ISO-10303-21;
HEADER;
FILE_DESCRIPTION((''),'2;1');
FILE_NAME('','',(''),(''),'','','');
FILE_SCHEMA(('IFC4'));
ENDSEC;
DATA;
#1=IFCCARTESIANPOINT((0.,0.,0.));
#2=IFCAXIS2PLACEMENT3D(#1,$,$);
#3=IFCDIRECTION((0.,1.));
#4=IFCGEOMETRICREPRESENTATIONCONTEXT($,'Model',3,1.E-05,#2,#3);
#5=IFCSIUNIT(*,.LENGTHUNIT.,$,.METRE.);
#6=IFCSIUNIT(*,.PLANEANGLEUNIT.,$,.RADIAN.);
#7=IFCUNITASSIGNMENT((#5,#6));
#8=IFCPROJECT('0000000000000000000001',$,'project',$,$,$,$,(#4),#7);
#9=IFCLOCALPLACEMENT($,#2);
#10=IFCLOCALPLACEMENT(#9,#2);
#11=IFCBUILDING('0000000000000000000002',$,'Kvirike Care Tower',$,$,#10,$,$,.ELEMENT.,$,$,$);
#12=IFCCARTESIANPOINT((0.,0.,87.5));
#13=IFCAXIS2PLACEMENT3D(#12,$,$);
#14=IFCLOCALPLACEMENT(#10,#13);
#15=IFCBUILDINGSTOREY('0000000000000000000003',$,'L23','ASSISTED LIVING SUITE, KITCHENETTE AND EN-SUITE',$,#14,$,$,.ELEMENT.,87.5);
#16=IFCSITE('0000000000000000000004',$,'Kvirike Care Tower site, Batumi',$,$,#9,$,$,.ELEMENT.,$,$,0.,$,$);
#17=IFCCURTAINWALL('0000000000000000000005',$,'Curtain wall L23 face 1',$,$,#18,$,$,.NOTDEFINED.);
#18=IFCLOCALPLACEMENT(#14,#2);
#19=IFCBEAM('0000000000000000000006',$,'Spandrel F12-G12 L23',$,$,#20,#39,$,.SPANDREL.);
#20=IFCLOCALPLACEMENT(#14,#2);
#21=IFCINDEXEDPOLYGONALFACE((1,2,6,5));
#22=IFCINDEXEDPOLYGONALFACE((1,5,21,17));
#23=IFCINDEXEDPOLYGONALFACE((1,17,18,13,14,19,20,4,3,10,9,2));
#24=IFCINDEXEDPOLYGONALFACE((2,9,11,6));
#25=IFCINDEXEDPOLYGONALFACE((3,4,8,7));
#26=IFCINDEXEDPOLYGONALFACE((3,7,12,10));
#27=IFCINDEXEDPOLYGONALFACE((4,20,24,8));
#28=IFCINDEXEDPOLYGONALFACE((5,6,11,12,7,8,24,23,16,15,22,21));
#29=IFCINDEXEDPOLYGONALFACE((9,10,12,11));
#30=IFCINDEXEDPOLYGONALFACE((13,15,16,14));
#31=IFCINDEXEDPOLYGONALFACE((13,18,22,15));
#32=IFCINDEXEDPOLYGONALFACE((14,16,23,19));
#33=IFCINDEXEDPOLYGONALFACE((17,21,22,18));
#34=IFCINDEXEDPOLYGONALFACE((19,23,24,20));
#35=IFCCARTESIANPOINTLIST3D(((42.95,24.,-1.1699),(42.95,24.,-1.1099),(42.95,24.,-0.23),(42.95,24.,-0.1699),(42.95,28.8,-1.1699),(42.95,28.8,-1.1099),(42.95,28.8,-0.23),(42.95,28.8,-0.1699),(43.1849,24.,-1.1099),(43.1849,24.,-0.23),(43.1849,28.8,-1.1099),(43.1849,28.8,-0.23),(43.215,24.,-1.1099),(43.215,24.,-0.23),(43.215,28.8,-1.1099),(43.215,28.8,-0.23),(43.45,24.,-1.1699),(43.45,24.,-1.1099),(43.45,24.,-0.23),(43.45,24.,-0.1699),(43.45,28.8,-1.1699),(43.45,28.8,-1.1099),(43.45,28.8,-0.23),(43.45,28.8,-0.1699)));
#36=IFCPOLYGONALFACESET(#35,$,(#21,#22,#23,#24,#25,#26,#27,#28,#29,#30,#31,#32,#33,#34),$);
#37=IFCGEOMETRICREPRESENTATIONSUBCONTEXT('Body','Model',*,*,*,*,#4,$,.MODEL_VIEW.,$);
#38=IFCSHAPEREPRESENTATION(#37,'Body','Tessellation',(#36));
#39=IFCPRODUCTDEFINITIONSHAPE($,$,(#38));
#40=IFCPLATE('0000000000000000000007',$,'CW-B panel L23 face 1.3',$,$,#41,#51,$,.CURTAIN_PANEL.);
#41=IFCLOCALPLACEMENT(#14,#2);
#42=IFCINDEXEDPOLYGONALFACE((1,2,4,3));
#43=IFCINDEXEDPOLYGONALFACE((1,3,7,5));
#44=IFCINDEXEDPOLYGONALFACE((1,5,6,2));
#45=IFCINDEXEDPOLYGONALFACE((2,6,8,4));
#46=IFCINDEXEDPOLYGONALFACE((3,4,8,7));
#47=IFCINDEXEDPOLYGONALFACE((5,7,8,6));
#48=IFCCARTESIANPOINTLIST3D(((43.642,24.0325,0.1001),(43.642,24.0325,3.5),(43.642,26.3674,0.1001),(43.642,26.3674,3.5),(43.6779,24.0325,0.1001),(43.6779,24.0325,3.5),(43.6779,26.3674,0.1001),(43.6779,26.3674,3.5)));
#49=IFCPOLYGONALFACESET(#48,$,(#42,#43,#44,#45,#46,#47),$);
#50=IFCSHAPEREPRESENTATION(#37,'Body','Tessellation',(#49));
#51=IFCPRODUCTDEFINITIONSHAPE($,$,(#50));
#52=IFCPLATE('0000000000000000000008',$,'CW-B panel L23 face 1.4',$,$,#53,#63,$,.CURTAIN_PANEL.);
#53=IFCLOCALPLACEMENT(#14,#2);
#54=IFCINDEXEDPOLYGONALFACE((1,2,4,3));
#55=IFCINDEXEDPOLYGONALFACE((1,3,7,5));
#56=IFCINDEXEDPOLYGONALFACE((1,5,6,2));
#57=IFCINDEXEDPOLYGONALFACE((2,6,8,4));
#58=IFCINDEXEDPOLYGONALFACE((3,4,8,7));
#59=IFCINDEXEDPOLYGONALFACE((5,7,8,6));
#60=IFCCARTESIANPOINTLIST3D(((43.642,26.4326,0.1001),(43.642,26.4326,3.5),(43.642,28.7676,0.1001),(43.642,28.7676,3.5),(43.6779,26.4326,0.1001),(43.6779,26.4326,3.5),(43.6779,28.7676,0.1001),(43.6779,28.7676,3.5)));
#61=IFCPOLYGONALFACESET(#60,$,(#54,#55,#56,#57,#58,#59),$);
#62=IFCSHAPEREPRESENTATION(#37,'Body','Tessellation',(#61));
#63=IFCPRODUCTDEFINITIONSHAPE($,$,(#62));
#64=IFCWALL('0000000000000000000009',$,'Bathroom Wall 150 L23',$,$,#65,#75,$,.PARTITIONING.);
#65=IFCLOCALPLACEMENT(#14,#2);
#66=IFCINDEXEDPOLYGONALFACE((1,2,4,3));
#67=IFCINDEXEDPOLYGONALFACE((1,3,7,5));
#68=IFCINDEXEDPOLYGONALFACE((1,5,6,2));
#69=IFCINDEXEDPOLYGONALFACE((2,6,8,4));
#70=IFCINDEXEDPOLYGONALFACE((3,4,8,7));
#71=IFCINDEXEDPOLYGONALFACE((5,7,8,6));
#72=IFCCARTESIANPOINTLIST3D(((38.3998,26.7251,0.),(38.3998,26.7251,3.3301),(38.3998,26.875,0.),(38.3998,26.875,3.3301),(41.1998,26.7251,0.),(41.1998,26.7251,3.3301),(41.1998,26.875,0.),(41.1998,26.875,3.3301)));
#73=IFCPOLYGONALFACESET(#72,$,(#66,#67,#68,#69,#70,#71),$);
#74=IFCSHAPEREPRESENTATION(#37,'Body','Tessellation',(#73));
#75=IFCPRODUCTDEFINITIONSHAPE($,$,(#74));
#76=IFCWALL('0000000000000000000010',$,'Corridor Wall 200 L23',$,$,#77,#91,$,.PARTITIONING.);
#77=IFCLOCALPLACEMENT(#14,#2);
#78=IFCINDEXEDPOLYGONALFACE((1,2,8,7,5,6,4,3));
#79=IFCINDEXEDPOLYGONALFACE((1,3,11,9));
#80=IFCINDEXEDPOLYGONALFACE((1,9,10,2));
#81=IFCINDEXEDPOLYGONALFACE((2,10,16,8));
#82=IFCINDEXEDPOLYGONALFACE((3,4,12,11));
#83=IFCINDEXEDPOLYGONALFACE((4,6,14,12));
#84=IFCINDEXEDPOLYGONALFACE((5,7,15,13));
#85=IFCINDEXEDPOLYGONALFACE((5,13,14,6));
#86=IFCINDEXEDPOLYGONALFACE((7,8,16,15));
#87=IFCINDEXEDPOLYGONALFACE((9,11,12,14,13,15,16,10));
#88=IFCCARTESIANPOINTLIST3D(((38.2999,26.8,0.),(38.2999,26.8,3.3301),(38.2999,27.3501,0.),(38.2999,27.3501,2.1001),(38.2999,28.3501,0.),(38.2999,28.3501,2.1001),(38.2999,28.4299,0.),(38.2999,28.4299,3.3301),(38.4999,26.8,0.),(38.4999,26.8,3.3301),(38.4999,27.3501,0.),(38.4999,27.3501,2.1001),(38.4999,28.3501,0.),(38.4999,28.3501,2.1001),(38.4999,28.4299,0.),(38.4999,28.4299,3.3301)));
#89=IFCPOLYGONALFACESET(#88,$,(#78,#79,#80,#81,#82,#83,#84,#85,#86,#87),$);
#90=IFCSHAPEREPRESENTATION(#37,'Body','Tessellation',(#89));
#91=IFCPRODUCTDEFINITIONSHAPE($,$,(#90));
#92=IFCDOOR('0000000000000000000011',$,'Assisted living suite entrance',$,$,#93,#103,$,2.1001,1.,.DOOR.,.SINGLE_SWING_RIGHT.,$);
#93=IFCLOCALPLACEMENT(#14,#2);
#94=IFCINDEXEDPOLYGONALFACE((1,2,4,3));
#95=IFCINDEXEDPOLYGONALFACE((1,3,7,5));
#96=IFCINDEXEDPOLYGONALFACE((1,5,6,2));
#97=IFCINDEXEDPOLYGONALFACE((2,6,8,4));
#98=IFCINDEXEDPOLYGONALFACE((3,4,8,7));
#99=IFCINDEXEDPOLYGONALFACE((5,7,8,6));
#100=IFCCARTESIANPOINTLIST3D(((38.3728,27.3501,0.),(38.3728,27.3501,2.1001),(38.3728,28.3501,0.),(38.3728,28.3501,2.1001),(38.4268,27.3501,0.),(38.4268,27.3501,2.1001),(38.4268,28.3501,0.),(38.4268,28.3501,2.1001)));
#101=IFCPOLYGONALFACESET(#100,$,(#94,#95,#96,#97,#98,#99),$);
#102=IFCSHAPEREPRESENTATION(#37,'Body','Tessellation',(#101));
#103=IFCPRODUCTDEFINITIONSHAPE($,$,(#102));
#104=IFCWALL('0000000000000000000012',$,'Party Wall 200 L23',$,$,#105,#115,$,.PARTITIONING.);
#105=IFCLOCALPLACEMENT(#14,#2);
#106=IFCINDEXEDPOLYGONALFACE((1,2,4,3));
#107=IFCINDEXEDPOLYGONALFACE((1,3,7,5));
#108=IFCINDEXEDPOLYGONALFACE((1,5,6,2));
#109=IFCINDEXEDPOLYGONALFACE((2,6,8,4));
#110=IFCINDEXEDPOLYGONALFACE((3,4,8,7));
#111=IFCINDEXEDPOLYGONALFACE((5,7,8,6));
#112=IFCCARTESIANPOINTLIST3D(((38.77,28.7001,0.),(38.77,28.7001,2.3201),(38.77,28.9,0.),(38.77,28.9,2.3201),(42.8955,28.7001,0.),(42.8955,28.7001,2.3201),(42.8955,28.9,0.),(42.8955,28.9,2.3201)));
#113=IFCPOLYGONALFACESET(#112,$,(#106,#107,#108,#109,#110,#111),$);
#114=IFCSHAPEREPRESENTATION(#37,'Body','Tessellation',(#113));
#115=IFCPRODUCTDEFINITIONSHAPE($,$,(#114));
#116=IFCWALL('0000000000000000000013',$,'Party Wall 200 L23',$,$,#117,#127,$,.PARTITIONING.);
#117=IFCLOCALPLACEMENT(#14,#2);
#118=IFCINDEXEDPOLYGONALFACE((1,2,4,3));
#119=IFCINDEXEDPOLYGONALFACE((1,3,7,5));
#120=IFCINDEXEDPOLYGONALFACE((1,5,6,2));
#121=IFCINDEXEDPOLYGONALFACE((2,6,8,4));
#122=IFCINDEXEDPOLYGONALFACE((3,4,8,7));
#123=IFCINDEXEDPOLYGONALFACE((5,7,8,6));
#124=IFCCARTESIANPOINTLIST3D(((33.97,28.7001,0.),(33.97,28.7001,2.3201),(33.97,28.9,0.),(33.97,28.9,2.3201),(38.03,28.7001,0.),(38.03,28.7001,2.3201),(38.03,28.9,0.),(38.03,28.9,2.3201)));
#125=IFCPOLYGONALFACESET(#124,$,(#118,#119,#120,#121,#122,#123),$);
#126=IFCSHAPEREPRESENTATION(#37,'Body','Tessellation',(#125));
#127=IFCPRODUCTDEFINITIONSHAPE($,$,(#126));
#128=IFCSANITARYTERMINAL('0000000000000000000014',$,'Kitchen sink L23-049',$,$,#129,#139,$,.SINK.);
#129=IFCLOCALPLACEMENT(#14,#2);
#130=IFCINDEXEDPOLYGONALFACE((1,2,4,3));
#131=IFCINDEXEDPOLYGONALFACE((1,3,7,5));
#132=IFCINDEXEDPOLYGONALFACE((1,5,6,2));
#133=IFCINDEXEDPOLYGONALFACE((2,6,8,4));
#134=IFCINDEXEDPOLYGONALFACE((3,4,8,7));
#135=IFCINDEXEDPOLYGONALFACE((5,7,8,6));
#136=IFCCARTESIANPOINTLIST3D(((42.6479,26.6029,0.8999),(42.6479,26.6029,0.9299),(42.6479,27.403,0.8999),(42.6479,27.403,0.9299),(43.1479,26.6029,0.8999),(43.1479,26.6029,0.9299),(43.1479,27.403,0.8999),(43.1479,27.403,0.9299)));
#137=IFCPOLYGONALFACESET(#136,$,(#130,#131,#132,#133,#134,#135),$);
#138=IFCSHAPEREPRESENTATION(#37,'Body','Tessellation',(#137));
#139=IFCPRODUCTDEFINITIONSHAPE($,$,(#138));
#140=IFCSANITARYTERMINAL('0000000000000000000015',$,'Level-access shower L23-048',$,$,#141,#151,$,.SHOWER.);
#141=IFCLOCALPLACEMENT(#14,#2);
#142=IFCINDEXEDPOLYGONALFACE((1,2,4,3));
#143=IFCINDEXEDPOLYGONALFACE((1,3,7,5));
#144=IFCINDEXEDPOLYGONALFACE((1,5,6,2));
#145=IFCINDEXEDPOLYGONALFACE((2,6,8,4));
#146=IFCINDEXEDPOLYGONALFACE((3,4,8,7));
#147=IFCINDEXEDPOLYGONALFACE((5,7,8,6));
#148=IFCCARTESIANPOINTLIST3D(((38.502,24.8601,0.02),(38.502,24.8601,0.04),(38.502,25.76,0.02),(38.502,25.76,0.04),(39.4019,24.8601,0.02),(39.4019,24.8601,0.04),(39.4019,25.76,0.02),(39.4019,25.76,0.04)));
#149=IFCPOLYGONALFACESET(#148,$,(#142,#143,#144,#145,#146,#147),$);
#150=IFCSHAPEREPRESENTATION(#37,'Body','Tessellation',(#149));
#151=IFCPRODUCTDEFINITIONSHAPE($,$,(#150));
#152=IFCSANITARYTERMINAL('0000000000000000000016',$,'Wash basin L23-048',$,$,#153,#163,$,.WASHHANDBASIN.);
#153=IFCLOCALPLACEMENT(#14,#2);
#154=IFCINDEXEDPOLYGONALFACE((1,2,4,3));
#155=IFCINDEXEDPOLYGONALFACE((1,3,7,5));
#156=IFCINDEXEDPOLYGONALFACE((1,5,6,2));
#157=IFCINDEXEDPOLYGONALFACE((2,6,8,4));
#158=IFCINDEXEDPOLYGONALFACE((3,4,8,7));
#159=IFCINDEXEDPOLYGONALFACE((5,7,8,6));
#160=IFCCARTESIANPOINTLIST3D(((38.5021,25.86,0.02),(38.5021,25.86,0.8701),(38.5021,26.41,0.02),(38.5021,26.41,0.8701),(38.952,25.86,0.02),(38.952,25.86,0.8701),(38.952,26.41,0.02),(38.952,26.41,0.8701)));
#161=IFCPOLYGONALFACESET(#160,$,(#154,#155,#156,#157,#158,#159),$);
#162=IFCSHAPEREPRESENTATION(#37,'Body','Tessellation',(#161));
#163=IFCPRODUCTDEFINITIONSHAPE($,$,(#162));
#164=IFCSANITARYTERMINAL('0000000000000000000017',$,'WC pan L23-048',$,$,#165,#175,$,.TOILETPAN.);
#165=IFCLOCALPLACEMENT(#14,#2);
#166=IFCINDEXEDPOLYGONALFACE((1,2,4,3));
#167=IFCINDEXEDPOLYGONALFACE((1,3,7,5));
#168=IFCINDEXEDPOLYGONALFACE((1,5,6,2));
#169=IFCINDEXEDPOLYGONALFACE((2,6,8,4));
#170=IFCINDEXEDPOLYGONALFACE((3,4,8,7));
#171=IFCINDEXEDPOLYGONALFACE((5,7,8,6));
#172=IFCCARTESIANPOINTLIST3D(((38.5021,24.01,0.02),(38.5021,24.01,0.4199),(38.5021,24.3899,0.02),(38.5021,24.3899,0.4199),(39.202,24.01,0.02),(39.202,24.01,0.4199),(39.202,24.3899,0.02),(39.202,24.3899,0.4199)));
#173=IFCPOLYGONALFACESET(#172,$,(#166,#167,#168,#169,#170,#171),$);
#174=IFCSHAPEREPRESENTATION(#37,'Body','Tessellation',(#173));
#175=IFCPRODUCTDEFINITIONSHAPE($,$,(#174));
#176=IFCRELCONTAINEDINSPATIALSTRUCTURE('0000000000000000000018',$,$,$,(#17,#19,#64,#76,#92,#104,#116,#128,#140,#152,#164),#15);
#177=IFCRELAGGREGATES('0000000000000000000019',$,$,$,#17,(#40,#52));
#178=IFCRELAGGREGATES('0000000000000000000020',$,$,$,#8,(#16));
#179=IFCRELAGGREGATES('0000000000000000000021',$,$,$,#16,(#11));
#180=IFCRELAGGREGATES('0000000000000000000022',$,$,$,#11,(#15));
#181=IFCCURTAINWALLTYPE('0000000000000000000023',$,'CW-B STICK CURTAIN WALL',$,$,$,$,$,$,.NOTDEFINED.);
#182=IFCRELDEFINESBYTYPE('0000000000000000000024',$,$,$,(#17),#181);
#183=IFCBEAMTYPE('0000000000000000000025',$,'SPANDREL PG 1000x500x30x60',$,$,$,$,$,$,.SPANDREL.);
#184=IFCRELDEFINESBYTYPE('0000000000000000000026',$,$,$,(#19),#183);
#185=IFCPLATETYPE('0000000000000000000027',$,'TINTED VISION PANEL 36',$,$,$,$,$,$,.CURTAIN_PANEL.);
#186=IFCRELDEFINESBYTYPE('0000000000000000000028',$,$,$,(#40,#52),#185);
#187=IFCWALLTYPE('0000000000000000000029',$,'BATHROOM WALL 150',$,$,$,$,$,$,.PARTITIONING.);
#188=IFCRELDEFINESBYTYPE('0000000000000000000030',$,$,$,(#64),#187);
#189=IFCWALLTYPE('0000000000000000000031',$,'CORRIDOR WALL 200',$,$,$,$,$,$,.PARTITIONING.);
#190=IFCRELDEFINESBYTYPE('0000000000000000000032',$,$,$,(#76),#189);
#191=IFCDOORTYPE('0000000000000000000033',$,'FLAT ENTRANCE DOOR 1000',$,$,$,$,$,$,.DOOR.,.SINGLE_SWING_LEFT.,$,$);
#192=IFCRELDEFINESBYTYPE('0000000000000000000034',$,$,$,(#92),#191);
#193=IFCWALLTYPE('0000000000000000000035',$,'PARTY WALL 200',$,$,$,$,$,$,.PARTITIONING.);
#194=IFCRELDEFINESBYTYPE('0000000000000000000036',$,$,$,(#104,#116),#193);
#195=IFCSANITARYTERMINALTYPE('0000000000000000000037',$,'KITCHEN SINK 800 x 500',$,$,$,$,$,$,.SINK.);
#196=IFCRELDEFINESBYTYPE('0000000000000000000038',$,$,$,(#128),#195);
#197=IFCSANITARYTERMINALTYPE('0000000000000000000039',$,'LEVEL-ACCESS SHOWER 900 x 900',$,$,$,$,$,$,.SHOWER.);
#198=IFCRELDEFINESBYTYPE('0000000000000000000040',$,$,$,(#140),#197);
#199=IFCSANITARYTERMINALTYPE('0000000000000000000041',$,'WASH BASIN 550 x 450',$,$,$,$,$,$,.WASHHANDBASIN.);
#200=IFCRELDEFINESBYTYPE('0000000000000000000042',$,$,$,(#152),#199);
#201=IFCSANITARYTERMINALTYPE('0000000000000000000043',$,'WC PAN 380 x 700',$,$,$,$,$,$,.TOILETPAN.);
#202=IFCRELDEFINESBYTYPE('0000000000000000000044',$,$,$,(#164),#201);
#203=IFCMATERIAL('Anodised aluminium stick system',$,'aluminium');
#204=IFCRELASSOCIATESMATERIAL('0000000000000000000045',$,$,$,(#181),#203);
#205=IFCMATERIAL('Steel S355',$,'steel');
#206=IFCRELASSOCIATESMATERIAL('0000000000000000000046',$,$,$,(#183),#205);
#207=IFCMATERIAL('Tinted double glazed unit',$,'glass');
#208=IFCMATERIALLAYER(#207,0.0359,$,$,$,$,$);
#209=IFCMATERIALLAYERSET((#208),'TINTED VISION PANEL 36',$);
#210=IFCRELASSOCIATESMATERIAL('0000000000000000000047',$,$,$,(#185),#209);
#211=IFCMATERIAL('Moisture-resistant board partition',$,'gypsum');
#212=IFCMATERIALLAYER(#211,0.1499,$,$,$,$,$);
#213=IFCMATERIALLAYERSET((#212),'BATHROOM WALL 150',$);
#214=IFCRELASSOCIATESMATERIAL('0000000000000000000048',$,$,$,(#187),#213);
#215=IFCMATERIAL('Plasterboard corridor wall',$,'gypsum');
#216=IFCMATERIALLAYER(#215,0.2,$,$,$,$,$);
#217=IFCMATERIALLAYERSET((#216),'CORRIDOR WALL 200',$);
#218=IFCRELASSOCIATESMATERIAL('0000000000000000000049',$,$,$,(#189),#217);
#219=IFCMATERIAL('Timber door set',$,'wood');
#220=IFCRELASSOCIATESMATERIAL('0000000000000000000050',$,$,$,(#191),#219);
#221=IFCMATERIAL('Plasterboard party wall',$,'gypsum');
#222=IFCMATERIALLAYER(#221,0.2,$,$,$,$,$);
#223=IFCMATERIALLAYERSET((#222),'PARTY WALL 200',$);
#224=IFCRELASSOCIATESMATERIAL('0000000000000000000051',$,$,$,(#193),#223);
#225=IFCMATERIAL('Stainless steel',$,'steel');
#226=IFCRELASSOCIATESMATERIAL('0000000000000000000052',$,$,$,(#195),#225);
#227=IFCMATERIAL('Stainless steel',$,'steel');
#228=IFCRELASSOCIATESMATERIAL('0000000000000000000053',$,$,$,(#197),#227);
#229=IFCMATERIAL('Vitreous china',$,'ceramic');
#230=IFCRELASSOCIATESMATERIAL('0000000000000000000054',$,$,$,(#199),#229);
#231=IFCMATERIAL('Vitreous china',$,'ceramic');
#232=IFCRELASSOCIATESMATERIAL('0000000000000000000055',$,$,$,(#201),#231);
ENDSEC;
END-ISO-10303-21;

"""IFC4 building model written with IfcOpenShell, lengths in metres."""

from ifc_helpers import new_model, si_unit, direction, frame, frame_2d, origin, origin_2d, place, context, subcontext, project, spatial, rectangle, i_section, extrude, material, layer, layer_set, material_profile, profile_set, type_object, element, fill, aggregate, save


model = new_model("IFC4")

# Units and contexts
model_context = context("Model", 3, precision=1e-05, world=origin(), true_north=direction((0.0, 1.0)))
body_context = subcontext(model_context, "Body", "Model", "MODEL_VIEW")
ifc_project = project(units=[si_unit("LENGTHUNIT", "METRE"), si_unit("PLANEANGLEUNIT", "RADIAN")], contexts=[model_context])

# Site, building, storey
site_placement = place(None, origin())
site = spatial("IfcSite", under=ifc_project, at=site_placement, Name="Kvirike Care Tower site, Batumi", CompositionType="ELEMENT", RefElevation=0.0)
building_placement = place(site_placement, origin())
building = spatial("IfcBuilding", under=site, at=building_placement, Name="Kvirike Care Tower", CompositionType="ELEMENT")
storey_placement = place(building_placement, frame((0.0, 0.0, 87.5)))
storey = spatial("IfcBuildingStorey", under=building, at=storey_placement, Name="L23", Description="ASSISTED LIVING SUITE, KITCHENETTE AND EN-SUITE", CompositionType="ELEMENT", Elevation=87.5)

# Curtain wall
ifc_material_1 = material(Name="Anodised aluminium stick system", Category="aluminium")
curtain_wall_type = type_object("IfcCurtainWallType", Name="CW-B STICK CURTAIN WALL", PredefinedType="NOTDEFINED", material=ifc_material_1)
curtain_wall_placement = place(storey_placement, origin())
curtain_wall = element("IfcCurtainWall", 1, at=curtain_wall_placement, inside=storey, type_object=curtain_wall_type, Name="Curtain wall L23 face 1", PredefinedType="NOTDEFINED")

# Beam
ifc_material_2 = material(Name="Steel S355", Category="steel")
ifc_material_profile_1 = material_profile(ifc_material_2, i_section(OverallWidth=0.5, OverallDepth=1.0, WebThickness=0.03, FlangeThickness=0.0601, at=origin_2d()), Name="PG 1000x500x30x60")
ifc_profile_set_1 = profile_set([ifc_material_profile_1], Name="Steel S355")
beam_type_1 = type_object("IfcBeamType", Name="SPANDREL PG 1000x500x30x60", PredefinedType="SPANDREL", material=ifc_profile_set_1)
beam_1_placement = place(storey_placement, frame((43.2, 24.0, -0.6699), z_axis=(0.0, 1.0, 0.0), x_axis=(-1.0, 0.0, 0.0)))
element("IfcBeam", 2, at=beam_1_placement, inside=storey, type_object=beam_type_1, Name="Spandrel F12-G12 L23", PredefinedType="SPANDREL", context=body_context, shape_type="SweptSolid", body=[
    extrude(i_section(OverallWidth=0.5, OverallDepth=1.0, WebThickness=0.03, FlangeThickness=0.0601, at=origin_2d()), origin(), (0.0, 0.0, 1.0), 4.8),
])

# Plates
ifc_material_3 = material(Name="Tinted double glazed unit", Category="glass")
ifc_layer_1 = layer(ifc_material_3, 0.0359)
ifc_layer_set_1 = layer_set([ifc_layer_1], Name="TINTED VISION PANEL 36")
plate_type = type_object("IfcPlateType", Name="TINTED VISION PANEL 36", PredefinedType="CURTAIN_PANEL", material=ifc_layer_set_1)
plate_1_placement = place(storey_placement, frame((43.6599, 25.2, 0.1001), z_axis=(0.0, 0.0, 1.0), x_axis=(0.0, 1.0, 0.0)))
plate_1 = element("IfcPlate", 3, at=plate_1_placement, type_object=plate_type, Name="CW-B panel L23 face 1.3", PredefinedType="CURTAIN_PANEL", context=body_context, shape_type="SweptSolid", body=[
    extrude(rectangle(XDim=2.335, YDim=0.0359, at=origin_2d()), origin(), (0.0, 0.0, 1.0), 3.3999),
])
plate_2_placement = place(storey_placement, frame((43.6599, 27.6001, 0.1001), z_axis=(0.0, 0.0, 1.0), x_axis=(0.0, 1.0, 0.0)))
plate_2 = element("IfcPlate", 4, at=plate_2_placement, type_object=plate_type, Name="CW-B panel L23 face 1.4", PredefinedType="CURTAIN_PANEL", context=body_context, shape_type="SweptSolid", body=[
    extrude(rectangle(XDim=2.335, YDim=0.0359, at=origin_2d()), origin(), (0.0, 0.0, 1.0), 3.3999),
])
aggregate(curtain_wall, [plate_1, plate_2])

# Wall
ifc_material_4 = material(Name="Moisture-resistant board partition", Category="gypsum")
ifc_layer_2 = layer(ifc_material_4, 0.1499)
ifc_layer_set_2 = layer_set([ifc_layer_2], Name="BATHROOM WALL 150")
wall_type_1 = type_object("IfcWallType", Name="BATHROOM WALL 150", PredefinedType="PARTITIONING", material=ifc_layer_set_2)
wall_1_placement = place(storey_placement, frame((38.3999, 26.8, 0.0), z_axis=(0.0, 0.0, 1.0), x_axis=(1.0, 0.0, 0.0)))
element("IfcWall", 5, at=wall_1_placement, inside=storey, type_object=wall_type_1, Name="Bathroom Wall 150 L23", PredefinedType="PARTITIONING", context=body_context, shape_type="SweptSolid", body=[
    extrude(rectangle(XDim=2.8, YDim=0.1499, at=frame_2d((1.3999, 0.0))), origin(), (0.0, 0.0, 1.0), 3.3301),
])

# Wall, opening, door
ifc_material_5 = material(Name="Plasterboard corridor wall", Category="gypsum")
ifc_layer_3 = layer(ifc_material_5, 0.2)
ifc_layer_set_3 = layer_set([ifc_layer_3], Name="CORRIDOR WALL 200")
wall_type_2 = type_object("IfcWallType", Name="CORRIDOR WALL 200", PredefinedType="PARTITIONING", material=ifc_layer_set_3)
wall_2_placement = place(storey_placement, frame((38.3999, 26.8, 0.0), z_axis=(0.0, 0.0, 1.0), x_axis=(0.0, 1.0, 0.0)))
wall_2 = element("IfcWall", 6, at=wall_2_placement, inside=storey, type_object=wall_type_2, Name="Corridor Wall 200 L23", PredefinedType="PARTITIONING", context=body_context, shape_type="SweptSolid", body=[
    extrude(rectangle(XDim=1.6299, YDim=0.2, at=frame_2d((0.8149, 0.0))), origin(), (0.0, 0.0, 1.0), 3.3301),
])
opening_placement = place(wall_2_placement, frame((0.55, 0.0, 0.0)))
opening = element("IfcOpeningElement", 7, at=opening_placement, cuts=wall_2, PredefinedType="OPENING", context=body_context, shape_type="SweptSolid", body=[
    extrude(rectangle(XDim=1.0, YDim=2.1001, at=frame_2d((0.5, 1.05))), frame((0.0, 0.1106, 0.0), z_axis=(0.0, -1.0, 0.0), x_axis=(1.0, 0.0, 0.0)), (0.0, 0.0, 1.0), 0.2209),
])
ifc_material_6 = material(Name="Timber door set", Category="wood")
door_type = type_object("IfcDoorType", Name="FLAT ENTRANCE DOOR 1000", OperationType="SINGLE_SWING_LEFT", PredefinedType="DOOR", material=ifc_material_6)
door_placement = place(opening_placement, frame((1.0, 0.0, 0.0), z_axis=(0.0, 0.0, 1.0), x_axis=(-1.0, 0.0, 0.0)))
door = element("IfcDoor", 8, at=door_placement, inside=storey, type_object=door_type, Name="Assisted living suite entrance", OperationType="SINGLE_SWING_RIGHT", OverallHeight=2.1001, OverallWidth=1.0, PredefinedType="DOOR", context=body_context, shape_type="SweptSolid", body=[
    extrude(rectangle(XDim=1.0, YDim=2.1001, at=frame_2d((0.5, 1.05))), frame((0.0, 0.0269, 0.0), z_axis=(0.0, -1.0, 0.0), x_axis=(1.0, 0.0, 0.0)), (0.0, 0.0, 1.0), 0.054),
])
fill(opening, door)

# Walls
ifc_material_7 = material(Name="Plasterboard party wall", Category="gypsum")
ifc_layer_4 = layer(ifc_material_7, 0.2)
ifc_layer_set_4 = layer_set([ifc_layer_4], Name="PARTY WALL 200")
wall_type_3 = type_object("IfcWallType", Name="PARTY WALL 200", PredefinedType="PARTITIONING", material=ifc_layer_set_4)
wall_3_placement = place(storey_placement, frame((42.8955, 28.8, 0.0), z_axis=(0.0, 0.0, 1.0), x_axis=(-1.0, 0.0, 0.0)))
element("IfcWall", 9, at=wall_3_placement, inside=storey, type_object=wall_type_3, Name="Party Wall 200 L23", PredefinedType="PARTITIONING", context=body_context, shape_type="SweptSolid", body=[
    extrude(rectangle(XDim=4.1255, YDim=0.2, at=frame_2d((2.0627, 0.0))), origin(), (0.0, 0.0, 1.0), 2.3201),
])
wall_4_placement = place(storey_placement, frame((38.03, 28.8, 0.0), z_axis=(0.0, 0.0, 1.0), x_axis=(-1.0, 0.0, 0.0)))
element("IfcWall", 10, at=wall_4_placement, inside=storey, type_object=wall_type_3, Name="Party Wall 200 L23", PredefinedType="PARTITIONING", context=body_context, shape_type="SweptSolid", body=[
    extrude(rectangle(XDim=4.0601, YDim=0.2, at=frame_2d((2.03, 0.0))), origin(), (0.0, 0.0, 1.0), 2.3201),
])

# Sanitary terminals
ifc_material_8 = material(Name="Stainless steel", Category="steel")
sanitary_terminal_type_1 = type_object("IfcSanitaryTerminalType", Name="KITCHEN SINK 800 x 500", PredefinedType="SINK", material=ifc_material_8)
sanitary_terminal_1_placement = place(storey_placement, frame((42.8979, 27.0029, 0.8999), z_axis=(0.0, 0.0, 1.0), x_axis=(0.0, -1.0, 0.0)))
element("IfcSanitaryTerminal", 11, at=sanitary_terminal_1_placement, inside=storey, type_object=sanitary_terminal_type_1, Name="Kitchen sink L23-049", PredefinedType="SINK", context=body_context, shape_type="SweptSolid", body=[
    extrude(rectangle(XDim=0.8, YDim=0.5, at=origin_2d()), origin(), (0.0, 0.0, 1.0), 0.03),
])
ifc_material_9 = material(Name="Stainless steel", Category="steel")
sanitary_terminal_type_2 = type_object("IfcSanitaryTerminalType", Name="LEVEL-ACCESS SHOWER 900 x 900", PredefinedType="SHOWER", material=ifc_material_9)
sanitary_terminal_2_placement = place(storey_placement, frame((38.9519, 25.3101, 0.02), z_axis=(0.0, 0.0, 1.0), x_axis=(0.0, 1.0, 0.0)))
element("IfcSanitaryTerminal", 12, at=sanitary_terminal_2_placement, inside=storey, type_object=sanitary_terminal_type_2, Name="Level-access shower L23-048", PredefinedType="SHOWER", context=body_context, shape_type="SweptSolid", body=[
    extrude(rectangle(XDim=0.8999, YDim=0.8999, at=origin_2d()), origin(), (0.0, 0.0, 1.0), 0.02),
])
ifc_material_10 = material(Name="Vitreous china", Category="ceramic")
sanitary_terminal_type_3 = type_object("IfcSanitaryTerminalType", Name="WASH BASIN 550 x 450", PredefinedType="WASHHANDBASIN", material=ifc_material_10)
sanitary_terminal_3_placement = place(storey_placement, frame((38.7271, 26.135, 0.02), z_axis=(0.0, 0.0, 1.0), x_axis=(0.0, 1.0, 0.0)))
element("IfcSanitaryTerminal", 13, at=sanitary_terminal_3_placement, inside=storey, type_object=sanitary_terminal_type_3, Name="Wash basin L23-048", PredefinedType="WASHHANDBASIN", context=body_context, shape_type="SweptSolid", body=[
    extrude(rectangle(XDim=0.55, YDim=0.45, at=origin_2d()), origin(), (0.0, 0.0, 1.0), 0.8501),
])
ifc_material_11 = material(Name="Vitreous china", Category="ceramic")
sanitary_terminal_type_4 = type_object("IfcSanitaryTerminalType", Name="WC PAN 380 x 700", PredefinedType="TOILETPAN", material=ifc_material_11)
sanitary_terminal_4_placement = place(storey_placement, frame((38.8521, 24.2, 0.02), z_axis=(0.0, 0.0, 1.0), x_axis=(0.0, 1.0, 0.0)))
element("IfcSanitaryTerminal", 14, at=sanitary_terminal_4_placement, inside=storey, type_object=sanitary_terminal_type_4, Name="WC pan L23-048", PredefinedType="TOILETPAN", context=body_context, shape_type="SweptSolid", body=[
    extrude(rectangle(XDim=0.3799, YDim=0.7, at=origin_2d()), origin(), (0.0, 0.0, 1.0), 0.3999),
])

save(model, "model.ifc")
